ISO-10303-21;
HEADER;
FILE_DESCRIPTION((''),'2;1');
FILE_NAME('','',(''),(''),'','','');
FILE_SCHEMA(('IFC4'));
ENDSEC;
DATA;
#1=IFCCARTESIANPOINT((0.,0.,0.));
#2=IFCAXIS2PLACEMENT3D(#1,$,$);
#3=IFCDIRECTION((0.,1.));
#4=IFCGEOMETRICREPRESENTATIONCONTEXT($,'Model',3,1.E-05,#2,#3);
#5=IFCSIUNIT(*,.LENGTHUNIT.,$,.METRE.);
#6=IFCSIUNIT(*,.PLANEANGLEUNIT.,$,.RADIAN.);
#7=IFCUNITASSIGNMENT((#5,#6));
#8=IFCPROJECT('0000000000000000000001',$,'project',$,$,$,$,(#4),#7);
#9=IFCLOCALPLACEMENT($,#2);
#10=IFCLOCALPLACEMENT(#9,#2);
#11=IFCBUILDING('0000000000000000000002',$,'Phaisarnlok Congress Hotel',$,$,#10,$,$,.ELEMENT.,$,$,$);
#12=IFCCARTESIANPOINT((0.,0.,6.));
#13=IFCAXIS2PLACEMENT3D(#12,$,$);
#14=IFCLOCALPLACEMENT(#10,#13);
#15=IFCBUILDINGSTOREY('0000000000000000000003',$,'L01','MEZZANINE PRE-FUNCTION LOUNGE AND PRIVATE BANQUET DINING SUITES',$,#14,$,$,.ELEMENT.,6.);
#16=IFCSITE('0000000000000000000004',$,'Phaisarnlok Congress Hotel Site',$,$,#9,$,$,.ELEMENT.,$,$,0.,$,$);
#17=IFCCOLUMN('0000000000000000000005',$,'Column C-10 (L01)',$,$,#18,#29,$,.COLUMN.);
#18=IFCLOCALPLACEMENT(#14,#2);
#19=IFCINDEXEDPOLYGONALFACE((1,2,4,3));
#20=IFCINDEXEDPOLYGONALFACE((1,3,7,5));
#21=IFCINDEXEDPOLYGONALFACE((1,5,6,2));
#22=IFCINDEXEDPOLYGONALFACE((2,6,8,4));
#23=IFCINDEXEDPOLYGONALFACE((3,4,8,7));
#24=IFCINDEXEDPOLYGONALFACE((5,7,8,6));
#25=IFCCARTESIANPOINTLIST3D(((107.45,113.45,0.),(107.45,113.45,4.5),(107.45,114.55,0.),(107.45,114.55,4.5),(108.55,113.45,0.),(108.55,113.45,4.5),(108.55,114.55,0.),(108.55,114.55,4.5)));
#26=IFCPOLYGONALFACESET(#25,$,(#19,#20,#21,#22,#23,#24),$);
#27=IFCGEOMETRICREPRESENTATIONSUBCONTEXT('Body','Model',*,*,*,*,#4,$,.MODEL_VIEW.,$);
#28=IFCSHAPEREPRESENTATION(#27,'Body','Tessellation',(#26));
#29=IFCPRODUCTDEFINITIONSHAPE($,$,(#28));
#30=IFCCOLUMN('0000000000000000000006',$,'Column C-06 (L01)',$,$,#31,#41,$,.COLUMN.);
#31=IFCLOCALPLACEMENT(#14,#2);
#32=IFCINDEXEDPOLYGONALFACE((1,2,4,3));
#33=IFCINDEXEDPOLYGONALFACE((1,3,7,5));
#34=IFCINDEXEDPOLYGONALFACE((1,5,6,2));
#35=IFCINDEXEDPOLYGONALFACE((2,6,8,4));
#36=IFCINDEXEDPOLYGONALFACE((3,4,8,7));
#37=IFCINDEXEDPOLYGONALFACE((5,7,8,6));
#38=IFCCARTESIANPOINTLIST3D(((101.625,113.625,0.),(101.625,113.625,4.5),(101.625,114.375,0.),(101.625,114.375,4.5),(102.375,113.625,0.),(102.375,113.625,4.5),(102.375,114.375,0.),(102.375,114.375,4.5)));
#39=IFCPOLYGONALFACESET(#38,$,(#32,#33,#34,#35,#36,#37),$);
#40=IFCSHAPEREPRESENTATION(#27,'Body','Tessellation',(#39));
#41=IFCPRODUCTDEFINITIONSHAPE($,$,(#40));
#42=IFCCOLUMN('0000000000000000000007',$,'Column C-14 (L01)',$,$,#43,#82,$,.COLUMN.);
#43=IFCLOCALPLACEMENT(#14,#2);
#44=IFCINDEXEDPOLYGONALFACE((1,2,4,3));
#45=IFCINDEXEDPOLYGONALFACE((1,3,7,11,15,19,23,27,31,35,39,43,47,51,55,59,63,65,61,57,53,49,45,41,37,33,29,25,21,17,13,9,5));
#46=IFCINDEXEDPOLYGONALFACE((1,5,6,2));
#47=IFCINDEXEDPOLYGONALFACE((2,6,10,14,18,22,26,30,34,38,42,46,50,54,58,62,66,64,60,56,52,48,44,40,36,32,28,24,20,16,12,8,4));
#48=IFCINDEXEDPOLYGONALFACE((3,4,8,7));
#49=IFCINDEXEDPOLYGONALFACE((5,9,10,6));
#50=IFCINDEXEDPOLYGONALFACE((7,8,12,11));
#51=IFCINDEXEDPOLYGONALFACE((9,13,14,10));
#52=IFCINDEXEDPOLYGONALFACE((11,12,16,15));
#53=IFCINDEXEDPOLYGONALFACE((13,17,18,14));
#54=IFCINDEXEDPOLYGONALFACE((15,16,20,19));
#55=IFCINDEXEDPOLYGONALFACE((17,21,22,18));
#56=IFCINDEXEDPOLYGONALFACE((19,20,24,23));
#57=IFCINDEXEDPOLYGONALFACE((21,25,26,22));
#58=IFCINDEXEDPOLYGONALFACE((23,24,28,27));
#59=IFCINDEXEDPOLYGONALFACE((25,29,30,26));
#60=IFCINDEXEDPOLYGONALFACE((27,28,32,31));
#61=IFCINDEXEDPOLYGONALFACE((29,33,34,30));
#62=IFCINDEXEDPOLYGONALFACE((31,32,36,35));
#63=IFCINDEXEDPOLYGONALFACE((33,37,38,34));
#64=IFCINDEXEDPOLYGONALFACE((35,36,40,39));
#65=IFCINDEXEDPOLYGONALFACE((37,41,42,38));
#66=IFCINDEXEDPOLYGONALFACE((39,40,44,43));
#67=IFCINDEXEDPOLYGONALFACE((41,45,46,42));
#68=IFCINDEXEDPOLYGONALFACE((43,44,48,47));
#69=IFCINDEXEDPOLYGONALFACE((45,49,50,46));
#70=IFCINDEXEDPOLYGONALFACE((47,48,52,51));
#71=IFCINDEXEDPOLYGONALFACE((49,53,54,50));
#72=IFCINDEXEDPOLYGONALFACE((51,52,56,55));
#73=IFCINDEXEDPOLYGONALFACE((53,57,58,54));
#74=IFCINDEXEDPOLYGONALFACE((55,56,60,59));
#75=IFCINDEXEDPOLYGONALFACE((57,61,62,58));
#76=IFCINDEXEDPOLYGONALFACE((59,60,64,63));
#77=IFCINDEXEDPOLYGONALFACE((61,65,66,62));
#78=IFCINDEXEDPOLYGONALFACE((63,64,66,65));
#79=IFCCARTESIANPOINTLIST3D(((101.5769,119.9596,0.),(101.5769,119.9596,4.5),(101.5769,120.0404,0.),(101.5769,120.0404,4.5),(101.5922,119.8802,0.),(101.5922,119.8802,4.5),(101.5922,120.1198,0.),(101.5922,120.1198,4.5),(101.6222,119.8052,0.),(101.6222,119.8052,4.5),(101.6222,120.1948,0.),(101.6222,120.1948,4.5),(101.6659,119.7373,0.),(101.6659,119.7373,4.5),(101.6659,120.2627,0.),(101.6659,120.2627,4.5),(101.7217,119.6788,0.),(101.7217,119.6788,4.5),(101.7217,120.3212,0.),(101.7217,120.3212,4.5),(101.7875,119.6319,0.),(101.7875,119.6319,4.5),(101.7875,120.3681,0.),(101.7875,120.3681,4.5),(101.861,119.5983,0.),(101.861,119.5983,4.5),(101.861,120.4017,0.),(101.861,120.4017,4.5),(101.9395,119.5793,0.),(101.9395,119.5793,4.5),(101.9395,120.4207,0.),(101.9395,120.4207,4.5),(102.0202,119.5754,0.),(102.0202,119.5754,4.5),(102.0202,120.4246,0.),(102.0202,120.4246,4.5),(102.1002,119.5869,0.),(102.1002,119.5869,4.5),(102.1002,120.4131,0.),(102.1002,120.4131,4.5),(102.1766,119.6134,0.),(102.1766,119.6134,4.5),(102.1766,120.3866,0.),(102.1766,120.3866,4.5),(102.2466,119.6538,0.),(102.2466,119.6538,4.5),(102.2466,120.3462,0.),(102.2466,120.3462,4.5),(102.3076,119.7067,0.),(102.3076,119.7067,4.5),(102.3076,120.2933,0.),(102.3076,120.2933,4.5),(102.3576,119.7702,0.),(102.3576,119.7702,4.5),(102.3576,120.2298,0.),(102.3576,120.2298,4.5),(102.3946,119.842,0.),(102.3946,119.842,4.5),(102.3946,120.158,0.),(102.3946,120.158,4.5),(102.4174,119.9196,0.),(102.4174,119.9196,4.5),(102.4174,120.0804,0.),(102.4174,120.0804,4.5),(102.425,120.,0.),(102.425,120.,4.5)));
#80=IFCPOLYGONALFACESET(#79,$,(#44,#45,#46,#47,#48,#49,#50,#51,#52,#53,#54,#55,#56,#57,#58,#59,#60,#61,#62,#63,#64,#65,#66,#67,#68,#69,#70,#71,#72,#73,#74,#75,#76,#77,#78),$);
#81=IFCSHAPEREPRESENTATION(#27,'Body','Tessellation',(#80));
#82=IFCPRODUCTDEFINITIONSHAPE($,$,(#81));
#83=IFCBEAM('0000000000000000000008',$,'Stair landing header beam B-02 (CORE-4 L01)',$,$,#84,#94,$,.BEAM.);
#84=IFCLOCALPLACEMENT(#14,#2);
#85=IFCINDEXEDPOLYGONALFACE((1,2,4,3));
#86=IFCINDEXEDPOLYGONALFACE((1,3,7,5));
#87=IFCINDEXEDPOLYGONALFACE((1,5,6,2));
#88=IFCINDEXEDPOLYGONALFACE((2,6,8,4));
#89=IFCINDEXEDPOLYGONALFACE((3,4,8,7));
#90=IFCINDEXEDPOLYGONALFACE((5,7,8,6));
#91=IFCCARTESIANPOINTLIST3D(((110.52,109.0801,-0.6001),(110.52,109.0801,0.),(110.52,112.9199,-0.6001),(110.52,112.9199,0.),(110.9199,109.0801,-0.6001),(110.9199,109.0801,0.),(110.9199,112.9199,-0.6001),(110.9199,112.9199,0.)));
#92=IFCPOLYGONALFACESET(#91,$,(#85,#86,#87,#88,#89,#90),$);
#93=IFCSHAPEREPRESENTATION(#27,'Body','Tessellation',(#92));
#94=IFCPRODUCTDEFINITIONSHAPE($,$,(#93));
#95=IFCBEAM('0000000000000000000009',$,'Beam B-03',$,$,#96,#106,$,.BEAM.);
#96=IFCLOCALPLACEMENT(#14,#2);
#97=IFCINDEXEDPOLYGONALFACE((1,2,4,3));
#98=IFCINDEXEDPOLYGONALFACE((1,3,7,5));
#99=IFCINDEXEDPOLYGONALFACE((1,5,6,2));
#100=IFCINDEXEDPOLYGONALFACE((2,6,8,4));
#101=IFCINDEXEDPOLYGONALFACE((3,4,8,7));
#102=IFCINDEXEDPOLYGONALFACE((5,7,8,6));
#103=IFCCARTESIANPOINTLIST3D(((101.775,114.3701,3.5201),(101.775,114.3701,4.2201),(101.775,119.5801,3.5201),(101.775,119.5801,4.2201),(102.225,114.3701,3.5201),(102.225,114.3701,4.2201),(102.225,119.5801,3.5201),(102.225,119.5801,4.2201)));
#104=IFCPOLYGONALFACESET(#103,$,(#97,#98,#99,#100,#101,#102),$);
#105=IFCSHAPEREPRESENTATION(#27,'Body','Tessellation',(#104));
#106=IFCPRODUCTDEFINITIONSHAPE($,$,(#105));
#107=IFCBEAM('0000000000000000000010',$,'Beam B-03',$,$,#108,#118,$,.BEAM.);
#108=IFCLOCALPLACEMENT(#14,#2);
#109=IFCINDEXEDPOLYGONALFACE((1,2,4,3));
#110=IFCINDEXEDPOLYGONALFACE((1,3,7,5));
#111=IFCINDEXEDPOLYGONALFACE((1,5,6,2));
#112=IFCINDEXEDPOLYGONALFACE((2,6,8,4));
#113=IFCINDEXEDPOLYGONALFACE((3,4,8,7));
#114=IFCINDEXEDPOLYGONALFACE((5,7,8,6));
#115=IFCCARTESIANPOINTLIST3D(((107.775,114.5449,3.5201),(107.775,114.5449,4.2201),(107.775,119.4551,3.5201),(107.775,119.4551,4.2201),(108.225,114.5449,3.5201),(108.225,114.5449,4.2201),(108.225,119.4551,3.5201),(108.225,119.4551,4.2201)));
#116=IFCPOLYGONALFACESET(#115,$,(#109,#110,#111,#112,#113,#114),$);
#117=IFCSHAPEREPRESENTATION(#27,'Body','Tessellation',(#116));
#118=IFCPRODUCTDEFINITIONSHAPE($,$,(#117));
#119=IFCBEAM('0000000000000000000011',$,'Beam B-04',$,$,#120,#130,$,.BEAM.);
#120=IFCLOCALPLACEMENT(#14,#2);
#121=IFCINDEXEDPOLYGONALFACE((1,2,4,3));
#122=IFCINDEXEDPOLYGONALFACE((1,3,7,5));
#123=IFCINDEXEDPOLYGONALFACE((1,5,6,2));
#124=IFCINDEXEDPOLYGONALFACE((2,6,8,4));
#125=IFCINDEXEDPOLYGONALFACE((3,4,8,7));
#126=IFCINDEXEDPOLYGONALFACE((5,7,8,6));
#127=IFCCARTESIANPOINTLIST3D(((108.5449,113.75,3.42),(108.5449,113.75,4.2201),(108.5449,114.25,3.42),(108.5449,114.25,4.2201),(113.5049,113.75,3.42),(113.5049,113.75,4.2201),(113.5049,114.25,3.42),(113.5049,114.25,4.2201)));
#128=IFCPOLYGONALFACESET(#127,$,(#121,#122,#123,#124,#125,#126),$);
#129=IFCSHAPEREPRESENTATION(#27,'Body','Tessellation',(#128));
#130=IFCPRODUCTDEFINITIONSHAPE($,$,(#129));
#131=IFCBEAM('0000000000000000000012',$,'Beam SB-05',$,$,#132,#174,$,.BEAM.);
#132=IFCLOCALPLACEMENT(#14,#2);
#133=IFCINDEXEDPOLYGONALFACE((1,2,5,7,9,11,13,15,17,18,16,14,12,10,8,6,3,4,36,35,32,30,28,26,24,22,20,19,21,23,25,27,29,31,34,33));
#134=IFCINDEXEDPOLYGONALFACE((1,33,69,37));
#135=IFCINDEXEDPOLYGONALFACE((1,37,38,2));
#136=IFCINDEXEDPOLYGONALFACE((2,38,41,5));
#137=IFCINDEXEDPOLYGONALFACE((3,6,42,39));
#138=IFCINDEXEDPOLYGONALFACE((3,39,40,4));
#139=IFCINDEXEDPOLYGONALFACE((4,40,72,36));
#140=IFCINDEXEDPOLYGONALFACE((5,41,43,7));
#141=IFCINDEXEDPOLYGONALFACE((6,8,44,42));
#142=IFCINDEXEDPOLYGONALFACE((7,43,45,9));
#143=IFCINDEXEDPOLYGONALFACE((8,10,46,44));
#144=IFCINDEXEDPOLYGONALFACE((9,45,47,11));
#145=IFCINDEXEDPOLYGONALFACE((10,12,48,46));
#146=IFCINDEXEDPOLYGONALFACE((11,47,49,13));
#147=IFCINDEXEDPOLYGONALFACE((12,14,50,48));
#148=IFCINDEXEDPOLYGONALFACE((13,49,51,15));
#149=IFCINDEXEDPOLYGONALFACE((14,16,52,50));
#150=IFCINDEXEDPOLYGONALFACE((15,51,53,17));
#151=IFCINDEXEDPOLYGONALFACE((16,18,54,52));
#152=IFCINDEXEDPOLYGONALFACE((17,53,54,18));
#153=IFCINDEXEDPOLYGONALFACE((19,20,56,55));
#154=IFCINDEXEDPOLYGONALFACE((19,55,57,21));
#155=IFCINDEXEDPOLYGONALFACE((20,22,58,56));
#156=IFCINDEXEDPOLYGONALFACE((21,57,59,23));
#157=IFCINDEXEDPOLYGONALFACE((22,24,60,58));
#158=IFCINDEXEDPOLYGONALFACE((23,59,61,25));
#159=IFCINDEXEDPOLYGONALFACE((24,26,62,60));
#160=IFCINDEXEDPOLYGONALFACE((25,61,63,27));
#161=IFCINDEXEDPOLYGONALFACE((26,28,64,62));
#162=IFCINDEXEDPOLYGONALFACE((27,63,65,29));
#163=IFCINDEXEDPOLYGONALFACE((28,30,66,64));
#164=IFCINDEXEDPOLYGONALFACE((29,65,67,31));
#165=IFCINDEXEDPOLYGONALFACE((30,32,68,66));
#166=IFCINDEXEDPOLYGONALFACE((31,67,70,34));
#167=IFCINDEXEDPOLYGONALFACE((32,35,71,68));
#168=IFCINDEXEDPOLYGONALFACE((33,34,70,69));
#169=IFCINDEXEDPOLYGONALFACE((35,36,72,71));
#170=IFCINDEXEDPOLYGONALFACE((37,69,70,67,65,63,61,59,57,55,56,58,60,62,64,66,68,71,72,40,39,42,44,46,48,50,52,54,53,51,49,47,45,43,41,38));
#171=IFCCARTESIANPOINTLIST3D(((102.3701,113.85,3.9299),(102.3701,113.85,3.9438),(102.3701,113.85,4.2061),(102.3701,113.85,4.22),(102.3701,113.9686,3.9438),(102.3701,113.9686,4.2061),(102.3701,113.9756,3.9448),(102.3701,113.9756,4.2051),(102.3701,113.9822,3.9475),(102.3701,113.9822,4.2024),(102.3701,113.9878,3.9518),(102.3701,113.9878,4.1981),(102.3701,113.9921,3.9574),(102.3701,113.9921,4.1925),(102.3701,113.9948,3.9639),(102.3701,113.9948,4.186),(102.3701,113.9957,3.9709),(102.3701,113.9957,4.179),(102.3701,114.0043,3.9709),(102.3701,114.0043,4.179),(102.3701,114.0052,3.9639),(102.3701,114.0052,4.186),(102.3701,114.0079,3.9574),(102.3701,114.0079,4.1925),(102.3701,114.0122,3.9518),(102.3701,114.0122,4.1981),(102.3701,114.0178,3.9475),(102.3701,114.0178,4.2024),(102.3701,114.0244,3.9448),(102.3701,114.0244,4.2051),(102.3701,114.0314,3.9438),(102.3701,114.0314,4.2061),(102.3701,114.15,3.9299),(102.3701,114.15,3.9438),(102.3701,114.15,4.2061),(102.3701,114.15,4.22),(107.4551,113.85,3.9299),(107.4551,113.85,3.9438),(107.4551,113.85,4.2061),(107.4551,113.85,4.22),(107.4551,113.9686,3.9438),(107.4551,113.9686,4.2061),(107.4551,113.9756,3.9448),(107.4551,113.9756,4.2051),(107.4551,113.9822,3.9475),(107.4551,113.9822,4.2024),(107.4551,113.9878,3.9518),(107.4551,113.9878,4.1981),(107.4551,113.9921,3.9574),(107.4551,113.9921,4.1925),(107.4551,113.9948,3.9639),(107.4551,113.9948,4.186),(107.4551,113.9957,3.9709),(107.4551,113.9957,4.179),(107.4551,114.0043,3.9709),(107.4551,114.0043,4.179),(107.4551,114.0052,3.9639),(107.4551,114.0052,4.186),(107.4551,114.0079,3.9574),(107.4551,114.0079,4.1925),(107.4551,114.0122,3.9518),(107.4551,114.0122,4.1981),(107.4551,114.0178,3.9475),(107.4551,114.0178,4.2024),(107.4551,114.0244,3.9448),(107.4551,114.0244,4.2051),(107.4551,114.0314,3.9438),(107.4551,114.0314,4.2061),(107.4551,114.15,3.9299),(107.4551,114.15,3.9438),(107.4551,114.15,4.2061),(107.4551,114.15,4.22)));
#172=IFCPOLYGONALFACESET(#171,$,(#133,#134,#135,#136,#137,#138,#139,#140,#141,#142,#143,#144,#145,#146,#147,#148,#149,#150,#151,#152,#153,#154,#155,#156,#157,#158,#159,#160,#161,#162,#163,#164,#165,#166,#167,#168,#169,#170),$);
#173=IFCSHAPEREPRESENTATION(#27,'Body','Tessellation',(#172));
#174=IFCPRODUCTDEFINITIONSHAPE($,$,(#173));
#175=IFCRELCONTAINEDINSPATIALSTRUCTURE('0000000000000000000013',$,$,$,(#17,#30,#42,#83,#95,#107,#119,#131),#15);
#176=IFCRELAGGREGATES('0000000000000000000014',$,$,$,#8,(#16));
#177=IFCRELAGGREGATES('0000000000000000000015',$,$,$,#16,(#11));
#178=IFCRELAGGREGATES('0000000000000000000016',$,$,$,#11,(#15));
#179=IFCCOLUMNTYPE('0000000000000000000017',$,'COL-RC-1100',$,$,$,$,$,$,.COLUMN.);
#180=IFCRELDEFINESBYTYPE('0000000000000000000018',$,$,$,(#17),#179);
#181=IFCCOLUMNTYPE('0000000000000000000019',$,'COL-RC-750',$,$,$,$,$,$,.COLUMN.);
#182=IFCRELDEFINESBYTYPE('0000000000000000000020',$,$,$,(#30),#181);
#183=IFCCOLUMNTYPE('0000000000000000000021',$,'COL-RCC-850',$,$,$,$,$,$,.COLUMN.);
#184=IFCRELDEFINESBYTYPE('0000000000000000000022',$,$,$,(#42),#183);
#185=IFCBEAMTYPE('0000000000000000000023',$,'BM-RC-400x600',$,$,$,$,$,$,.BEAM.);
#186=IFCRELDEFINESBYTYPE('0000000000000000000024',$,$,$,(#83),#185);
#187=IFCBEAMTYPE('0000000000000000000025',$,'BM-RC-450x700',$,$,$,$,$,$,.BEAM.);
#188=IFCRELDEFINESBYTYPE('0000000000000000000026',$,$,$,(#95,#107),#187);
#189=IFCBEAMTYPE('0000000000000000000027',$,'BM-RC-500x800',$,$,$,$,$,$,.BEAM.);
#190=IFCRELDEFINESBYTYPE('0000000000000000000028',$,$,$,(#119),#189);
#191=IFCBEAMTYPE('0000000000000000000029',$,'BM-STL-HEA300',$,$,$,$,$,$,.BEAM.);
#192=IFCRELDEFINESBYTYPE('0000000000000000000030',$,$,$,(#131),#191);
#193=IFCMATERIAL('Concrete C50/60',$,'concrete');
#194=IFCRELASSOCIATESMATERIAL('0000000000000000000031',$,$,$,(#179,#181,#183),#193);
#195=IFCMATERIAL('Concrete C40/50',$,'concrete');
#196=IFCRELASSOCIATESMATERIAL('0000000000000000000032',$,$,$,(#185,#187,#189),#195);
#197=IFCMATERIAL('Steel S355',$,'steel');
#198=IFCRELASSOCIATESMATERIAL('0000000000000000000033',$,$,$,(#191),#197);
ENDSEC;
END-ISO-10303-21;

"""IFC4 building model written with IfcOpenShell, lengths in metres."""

from ifc_helpers import new_model, si_unit, direction, frame, origin, origin_2d, place, context, subcontext, project, spatial, rectangle, circle, i_section, extrude, material, material_profile, profile_set, type_object, element, save


model = new_model("IFC4")

# Units and contexts
model_context = context("Model", 3, precision=1e-05, world=origin(), true_north=direction((0.0, 1.0)))
body_context = subcontext(model_context, "Body", "Model", "MODEL_VIEW")
ifc_project = project(units=[si_unit("LENGTHUNIT", "METRE"), si_unit("PLANEANGLEUNIT", "RADIAN")], contexts=[model_context])

# Site, building, storey
site_placement = place(None, origin())
site = spatial("IfcSite", under=ifc_project, at=site_placement, Name="Phaisarnlok Congress Hotel Site", CompositionType="ELEMENT", RefElevation=0.0)
building_placement = place(site_placement, origin())
building = spatial("IfcBuilding", under=site, at=building_placement, Name="Phaisarnlok Congress Hotel", CompositionType="ELEMENT")
storey_placement = place(building_placement, frame((0.0, 0.0, 6.0)))
storey = spatial("IfcBuildingStorey", under=building, at=storey_placement, Name="L01", Description="MEZZANINE PRE-FUNCTION LOUNGE AND PRIVATE BANQUET DINING SUITES", CompositionType="ELEMENT", Elevation=6.0)

# Columns
ifc_material_1 = material(Name="Concrete C50/60", Category="concrete")
ifc_material_profile_1 = material_profile(ifc_material_1, rectangle(XDim=1.1001, YDim=1.1001, at=origin_2d()), Name="RC 1100x1100")
ifc_profile_set_1 = profile_set([ifc_material_profile_1], Name="Concrete C50/60")
column_type_1 = type_object("IfcColumnType", Name="COL-RC-1100", PredefinedType="COLUMN", material=ifc_profile_set_1)
column_1_placement = place(storey_placement, frame((108.0, 114.0, 0.0), z_axis=(0.0, 0.0, 1.0), x_axis=(1.0, 0.0, 0.0)))
element("IfcColumn", 1, at=column_1_placement, inside=storey, type_object=column_type_1, Name="Column C-10 (L01)", PredefinedType="COLUMN", context=body_context, shape_type="SweptSolid", body=[
    extrude(rectangle(XDim=1.1001, YDim=1.1001, at=origin_2d()), origin(), (0.0, 0.0, 1.0), 4.5),
])
ifc_material_profile_2 = material_profile(ifc_material_1, rectangle(XDim=0.75, YDim=0.75, at=origin_2d()), Name="RC 750x750")
ifc_profile_set_2 = profile_set([ifc_material_profile_2], Name="Concrete C50/60")
column_type_2 = type_object("IfcColumnType", Name="COL-RC-750", PredefinedType="COLUMN", material=ifc_profile_set_2)
column_2_placement = place(storey_placement, frame((102.0, 114.0, 0.0), z_axis=(0.0, 0.0, 1.0), x_axis=(1.0, 0.0, 0.0)))
element("IfcColumn", 2, at=column_2_placement, inside=storey, type_object=column_type_2, Name="Column C-06 (L01)", PredefinedType="COLUMN", context=body_context, shape_type="SweptSolid", body=[
    extrude(rectangle(XDim=0.75, YDim=0.75, at=origin_2d()), origin(), (0.0, 0.0, 1.0), 4.5),
])
ifc_material_profile_3 = material_profile(ifc_material_1, circle(Radius=0.425, at=origin_2d()), Name="RCC D850")
ifc_profile_set_3 = profile_set([ifc_material_profile_3], Name="Concrete C50/60")
column_type_3 = type_object("IfcColumnType", Name="COL-RCC-850", PredefinedType="COLUMN", material=ifc_profile_set_3)
column_3_placement = place(storey_placement, frame((102.0, 120.0, 0.0), z_axis=(0.0, 0.0, 1.0), x_axis=(1.0, 0.0, 0.0)))
element("IfcColumn", 3, at=column_3_placement, inside=storey, type_object=column_type_3, Name="Column C-14 (L01)", PredefinedType="COLUMN", context=body_context, shape_type="SweptSolid", body=[
    extrude(circle(Radius=0.425, at=origin_2d()), origin(), (0.0, 0.0, 1.0), 4.5),
])

# Beams
ifc_material_2 = material(Name="Concrete C40/50", Category="concrete")
ifc_material_profile_4 = material_profile(ifc_material_2, rectangle(XDim=0.3999, YDim=0.6001, at=origin_2d()), Name="RC 400x600")
ifc_profile_set_4 = profile_set([ifc_material_profile_4], Name="Concrete C40/50")
beam_type_1 = type_object("IfcBeamType", Name="BM-RC-400x600", PredefinedType="BEAM", material=ifc_profile_set_4)
beam_1_placement = place(storey_placement, frame((110.72, 109.0801, -0.3), z_axis=(0.0, 1.0, 0.0), x_axis=(-1.0, 0.0, 0.0)))
element("IfcBeam", 4, at=beam_1_placement, inside=storey, type_object=beam_type_1, Name="Stair landing header beam B-02 (CORE-4 L01)", PredefinedType="BEAM", context=body_context, shape_type="SweptSolid", body=[
    extrude(rectangle(XDim=0.3999, YDim=0.6001, at=origin_2d()), origin(), (0.0, 0.0, 1.0), 3.8398),
])
ifc_material_profile_5 = material_profile(ifc_material_2, rectangle(XDim=0.45, YDim=0.7, at=origin_2d()), Name="RC 450x700")
ifc_profile_set_5 = profile_set([ifc_material_profile_5], Name="Concrete C40/50")
beam_type_2 = type_object("IfcBeamType", Name="BM-RC-450x700", PredefinedType="BEAM", material=ifc_profile_set_5)
beam_2_placement = place(storey_placement, frame((102.0, 114.3701, 3.8701), z_axis=(0.0, 1.0, 0.0), x_axis=(-1.0, 0.0, 0.0)))
element("IfcBeam", 5, at=beam_2_placement, inside=storey, type_object=beam_type_2, Name="Beam B-03", PredefinedType="BEAM", context=body_context, shape_type="SweptSolid", body=[
    extrude(rectangle(XDim=0.45, YDim=0.7, at=origin_2d()), origin(), (0.0, 0.0, 1.0), 5.21),
])
beam_3_placement = place(storey_placement, frame((108.0, 114.5449, 3.8701), z_axis=(0.0, 1.0, 0.0), x_axis=(-1.0, 0.0, 0.0)))
element("IfcBeam", 6, at=beam_3_placement, inside=storey, type_object=beam_type_2, Name="Beam B-03", PredefinedType="BEAM", context=body_context, shape_type="SweptSolid", body=[
    extrude(rectangle(XDim=0.45, YDim=0.7, at=origin_2d()), origin(), (0.0, 0.0, 1.0), 4.9102),
])
ifc_material_profile_6 = material_profile(ifc_material_2, rectangle(XDim=0.5, YDim=0.8, at=origin_2d()), Name="RC 500x800")
ifc_profile_set_6 = profile_set([ifc_material_profile_6], Name="Concrete C40/50")
beam_type_3 = type_object("IfcBeamType", Name="BM-RC-500x800", PredefinedType="BEAM", material=ifc_profile_set_6)
beam_4_placement = place(storey_placement, frame((108.5449, 114.0, 3.8201), z_axis=(1.0, 0.0, 0.0), x_axis=(0.0, 1.0, 0.0)))
element("IfcBeam", 7, at=beam_4_placement, inside=storey, type_object=beam_type_3, Name="Beam B-04", PredefinedType="BEAM", context=body_context, shape_type="SweptSolid", body=[
    extrude(rectangle(XDim=0.5, YDim=0.8, at=origin_2d()), origin(), (0.0, 0.0, 1.0), 4.96),
])
ifc_material_3 = material(Name="Steel S355", Category="steel")
ifc_material_profile_7 = material_profile(ifc_material_3, i_section(OverallWidth=0.3, OverallDepth=0.29, WebThickness=0.0085, FlangeThickness=0.0139, FilletRadius=0.0271, at=origin_2d()), Name="HEA 300")
ifc_profile_set_7 = profile_set([ifc_material_profile_7], Name="Steel S355")
beam_type_4 = type_object("IfcBeamType", Name="BM-STL-HEA300", PredefinedType="BEAM", material=ifc_profile_set_7)
beam_5_placement = place(storey_placement, frame((102.3701, 114.0, 4.075), z_axis=(1.0, 0.0, 0.0), x_axis=(0.0, 1.0, 0.0)))
element("IfcBeam", 8, at=beam_5_placement, inside=storey, type_object=beam_type_4, Name="Beam SB-05", PredefinedType="BEAM", context=body_context, shape_type="SweptSolid", body=[
    extrude(i_section(OverallWidth=0.3, OverallDepth=0.29, WebThickness=0.0085, FlangeThickness=0.0139, FilletRadius=0.0271, at=origin_2d()), origin(), (0.0, 0.0, 1.0), 5.085),
])

save(model, "model.ifc")
